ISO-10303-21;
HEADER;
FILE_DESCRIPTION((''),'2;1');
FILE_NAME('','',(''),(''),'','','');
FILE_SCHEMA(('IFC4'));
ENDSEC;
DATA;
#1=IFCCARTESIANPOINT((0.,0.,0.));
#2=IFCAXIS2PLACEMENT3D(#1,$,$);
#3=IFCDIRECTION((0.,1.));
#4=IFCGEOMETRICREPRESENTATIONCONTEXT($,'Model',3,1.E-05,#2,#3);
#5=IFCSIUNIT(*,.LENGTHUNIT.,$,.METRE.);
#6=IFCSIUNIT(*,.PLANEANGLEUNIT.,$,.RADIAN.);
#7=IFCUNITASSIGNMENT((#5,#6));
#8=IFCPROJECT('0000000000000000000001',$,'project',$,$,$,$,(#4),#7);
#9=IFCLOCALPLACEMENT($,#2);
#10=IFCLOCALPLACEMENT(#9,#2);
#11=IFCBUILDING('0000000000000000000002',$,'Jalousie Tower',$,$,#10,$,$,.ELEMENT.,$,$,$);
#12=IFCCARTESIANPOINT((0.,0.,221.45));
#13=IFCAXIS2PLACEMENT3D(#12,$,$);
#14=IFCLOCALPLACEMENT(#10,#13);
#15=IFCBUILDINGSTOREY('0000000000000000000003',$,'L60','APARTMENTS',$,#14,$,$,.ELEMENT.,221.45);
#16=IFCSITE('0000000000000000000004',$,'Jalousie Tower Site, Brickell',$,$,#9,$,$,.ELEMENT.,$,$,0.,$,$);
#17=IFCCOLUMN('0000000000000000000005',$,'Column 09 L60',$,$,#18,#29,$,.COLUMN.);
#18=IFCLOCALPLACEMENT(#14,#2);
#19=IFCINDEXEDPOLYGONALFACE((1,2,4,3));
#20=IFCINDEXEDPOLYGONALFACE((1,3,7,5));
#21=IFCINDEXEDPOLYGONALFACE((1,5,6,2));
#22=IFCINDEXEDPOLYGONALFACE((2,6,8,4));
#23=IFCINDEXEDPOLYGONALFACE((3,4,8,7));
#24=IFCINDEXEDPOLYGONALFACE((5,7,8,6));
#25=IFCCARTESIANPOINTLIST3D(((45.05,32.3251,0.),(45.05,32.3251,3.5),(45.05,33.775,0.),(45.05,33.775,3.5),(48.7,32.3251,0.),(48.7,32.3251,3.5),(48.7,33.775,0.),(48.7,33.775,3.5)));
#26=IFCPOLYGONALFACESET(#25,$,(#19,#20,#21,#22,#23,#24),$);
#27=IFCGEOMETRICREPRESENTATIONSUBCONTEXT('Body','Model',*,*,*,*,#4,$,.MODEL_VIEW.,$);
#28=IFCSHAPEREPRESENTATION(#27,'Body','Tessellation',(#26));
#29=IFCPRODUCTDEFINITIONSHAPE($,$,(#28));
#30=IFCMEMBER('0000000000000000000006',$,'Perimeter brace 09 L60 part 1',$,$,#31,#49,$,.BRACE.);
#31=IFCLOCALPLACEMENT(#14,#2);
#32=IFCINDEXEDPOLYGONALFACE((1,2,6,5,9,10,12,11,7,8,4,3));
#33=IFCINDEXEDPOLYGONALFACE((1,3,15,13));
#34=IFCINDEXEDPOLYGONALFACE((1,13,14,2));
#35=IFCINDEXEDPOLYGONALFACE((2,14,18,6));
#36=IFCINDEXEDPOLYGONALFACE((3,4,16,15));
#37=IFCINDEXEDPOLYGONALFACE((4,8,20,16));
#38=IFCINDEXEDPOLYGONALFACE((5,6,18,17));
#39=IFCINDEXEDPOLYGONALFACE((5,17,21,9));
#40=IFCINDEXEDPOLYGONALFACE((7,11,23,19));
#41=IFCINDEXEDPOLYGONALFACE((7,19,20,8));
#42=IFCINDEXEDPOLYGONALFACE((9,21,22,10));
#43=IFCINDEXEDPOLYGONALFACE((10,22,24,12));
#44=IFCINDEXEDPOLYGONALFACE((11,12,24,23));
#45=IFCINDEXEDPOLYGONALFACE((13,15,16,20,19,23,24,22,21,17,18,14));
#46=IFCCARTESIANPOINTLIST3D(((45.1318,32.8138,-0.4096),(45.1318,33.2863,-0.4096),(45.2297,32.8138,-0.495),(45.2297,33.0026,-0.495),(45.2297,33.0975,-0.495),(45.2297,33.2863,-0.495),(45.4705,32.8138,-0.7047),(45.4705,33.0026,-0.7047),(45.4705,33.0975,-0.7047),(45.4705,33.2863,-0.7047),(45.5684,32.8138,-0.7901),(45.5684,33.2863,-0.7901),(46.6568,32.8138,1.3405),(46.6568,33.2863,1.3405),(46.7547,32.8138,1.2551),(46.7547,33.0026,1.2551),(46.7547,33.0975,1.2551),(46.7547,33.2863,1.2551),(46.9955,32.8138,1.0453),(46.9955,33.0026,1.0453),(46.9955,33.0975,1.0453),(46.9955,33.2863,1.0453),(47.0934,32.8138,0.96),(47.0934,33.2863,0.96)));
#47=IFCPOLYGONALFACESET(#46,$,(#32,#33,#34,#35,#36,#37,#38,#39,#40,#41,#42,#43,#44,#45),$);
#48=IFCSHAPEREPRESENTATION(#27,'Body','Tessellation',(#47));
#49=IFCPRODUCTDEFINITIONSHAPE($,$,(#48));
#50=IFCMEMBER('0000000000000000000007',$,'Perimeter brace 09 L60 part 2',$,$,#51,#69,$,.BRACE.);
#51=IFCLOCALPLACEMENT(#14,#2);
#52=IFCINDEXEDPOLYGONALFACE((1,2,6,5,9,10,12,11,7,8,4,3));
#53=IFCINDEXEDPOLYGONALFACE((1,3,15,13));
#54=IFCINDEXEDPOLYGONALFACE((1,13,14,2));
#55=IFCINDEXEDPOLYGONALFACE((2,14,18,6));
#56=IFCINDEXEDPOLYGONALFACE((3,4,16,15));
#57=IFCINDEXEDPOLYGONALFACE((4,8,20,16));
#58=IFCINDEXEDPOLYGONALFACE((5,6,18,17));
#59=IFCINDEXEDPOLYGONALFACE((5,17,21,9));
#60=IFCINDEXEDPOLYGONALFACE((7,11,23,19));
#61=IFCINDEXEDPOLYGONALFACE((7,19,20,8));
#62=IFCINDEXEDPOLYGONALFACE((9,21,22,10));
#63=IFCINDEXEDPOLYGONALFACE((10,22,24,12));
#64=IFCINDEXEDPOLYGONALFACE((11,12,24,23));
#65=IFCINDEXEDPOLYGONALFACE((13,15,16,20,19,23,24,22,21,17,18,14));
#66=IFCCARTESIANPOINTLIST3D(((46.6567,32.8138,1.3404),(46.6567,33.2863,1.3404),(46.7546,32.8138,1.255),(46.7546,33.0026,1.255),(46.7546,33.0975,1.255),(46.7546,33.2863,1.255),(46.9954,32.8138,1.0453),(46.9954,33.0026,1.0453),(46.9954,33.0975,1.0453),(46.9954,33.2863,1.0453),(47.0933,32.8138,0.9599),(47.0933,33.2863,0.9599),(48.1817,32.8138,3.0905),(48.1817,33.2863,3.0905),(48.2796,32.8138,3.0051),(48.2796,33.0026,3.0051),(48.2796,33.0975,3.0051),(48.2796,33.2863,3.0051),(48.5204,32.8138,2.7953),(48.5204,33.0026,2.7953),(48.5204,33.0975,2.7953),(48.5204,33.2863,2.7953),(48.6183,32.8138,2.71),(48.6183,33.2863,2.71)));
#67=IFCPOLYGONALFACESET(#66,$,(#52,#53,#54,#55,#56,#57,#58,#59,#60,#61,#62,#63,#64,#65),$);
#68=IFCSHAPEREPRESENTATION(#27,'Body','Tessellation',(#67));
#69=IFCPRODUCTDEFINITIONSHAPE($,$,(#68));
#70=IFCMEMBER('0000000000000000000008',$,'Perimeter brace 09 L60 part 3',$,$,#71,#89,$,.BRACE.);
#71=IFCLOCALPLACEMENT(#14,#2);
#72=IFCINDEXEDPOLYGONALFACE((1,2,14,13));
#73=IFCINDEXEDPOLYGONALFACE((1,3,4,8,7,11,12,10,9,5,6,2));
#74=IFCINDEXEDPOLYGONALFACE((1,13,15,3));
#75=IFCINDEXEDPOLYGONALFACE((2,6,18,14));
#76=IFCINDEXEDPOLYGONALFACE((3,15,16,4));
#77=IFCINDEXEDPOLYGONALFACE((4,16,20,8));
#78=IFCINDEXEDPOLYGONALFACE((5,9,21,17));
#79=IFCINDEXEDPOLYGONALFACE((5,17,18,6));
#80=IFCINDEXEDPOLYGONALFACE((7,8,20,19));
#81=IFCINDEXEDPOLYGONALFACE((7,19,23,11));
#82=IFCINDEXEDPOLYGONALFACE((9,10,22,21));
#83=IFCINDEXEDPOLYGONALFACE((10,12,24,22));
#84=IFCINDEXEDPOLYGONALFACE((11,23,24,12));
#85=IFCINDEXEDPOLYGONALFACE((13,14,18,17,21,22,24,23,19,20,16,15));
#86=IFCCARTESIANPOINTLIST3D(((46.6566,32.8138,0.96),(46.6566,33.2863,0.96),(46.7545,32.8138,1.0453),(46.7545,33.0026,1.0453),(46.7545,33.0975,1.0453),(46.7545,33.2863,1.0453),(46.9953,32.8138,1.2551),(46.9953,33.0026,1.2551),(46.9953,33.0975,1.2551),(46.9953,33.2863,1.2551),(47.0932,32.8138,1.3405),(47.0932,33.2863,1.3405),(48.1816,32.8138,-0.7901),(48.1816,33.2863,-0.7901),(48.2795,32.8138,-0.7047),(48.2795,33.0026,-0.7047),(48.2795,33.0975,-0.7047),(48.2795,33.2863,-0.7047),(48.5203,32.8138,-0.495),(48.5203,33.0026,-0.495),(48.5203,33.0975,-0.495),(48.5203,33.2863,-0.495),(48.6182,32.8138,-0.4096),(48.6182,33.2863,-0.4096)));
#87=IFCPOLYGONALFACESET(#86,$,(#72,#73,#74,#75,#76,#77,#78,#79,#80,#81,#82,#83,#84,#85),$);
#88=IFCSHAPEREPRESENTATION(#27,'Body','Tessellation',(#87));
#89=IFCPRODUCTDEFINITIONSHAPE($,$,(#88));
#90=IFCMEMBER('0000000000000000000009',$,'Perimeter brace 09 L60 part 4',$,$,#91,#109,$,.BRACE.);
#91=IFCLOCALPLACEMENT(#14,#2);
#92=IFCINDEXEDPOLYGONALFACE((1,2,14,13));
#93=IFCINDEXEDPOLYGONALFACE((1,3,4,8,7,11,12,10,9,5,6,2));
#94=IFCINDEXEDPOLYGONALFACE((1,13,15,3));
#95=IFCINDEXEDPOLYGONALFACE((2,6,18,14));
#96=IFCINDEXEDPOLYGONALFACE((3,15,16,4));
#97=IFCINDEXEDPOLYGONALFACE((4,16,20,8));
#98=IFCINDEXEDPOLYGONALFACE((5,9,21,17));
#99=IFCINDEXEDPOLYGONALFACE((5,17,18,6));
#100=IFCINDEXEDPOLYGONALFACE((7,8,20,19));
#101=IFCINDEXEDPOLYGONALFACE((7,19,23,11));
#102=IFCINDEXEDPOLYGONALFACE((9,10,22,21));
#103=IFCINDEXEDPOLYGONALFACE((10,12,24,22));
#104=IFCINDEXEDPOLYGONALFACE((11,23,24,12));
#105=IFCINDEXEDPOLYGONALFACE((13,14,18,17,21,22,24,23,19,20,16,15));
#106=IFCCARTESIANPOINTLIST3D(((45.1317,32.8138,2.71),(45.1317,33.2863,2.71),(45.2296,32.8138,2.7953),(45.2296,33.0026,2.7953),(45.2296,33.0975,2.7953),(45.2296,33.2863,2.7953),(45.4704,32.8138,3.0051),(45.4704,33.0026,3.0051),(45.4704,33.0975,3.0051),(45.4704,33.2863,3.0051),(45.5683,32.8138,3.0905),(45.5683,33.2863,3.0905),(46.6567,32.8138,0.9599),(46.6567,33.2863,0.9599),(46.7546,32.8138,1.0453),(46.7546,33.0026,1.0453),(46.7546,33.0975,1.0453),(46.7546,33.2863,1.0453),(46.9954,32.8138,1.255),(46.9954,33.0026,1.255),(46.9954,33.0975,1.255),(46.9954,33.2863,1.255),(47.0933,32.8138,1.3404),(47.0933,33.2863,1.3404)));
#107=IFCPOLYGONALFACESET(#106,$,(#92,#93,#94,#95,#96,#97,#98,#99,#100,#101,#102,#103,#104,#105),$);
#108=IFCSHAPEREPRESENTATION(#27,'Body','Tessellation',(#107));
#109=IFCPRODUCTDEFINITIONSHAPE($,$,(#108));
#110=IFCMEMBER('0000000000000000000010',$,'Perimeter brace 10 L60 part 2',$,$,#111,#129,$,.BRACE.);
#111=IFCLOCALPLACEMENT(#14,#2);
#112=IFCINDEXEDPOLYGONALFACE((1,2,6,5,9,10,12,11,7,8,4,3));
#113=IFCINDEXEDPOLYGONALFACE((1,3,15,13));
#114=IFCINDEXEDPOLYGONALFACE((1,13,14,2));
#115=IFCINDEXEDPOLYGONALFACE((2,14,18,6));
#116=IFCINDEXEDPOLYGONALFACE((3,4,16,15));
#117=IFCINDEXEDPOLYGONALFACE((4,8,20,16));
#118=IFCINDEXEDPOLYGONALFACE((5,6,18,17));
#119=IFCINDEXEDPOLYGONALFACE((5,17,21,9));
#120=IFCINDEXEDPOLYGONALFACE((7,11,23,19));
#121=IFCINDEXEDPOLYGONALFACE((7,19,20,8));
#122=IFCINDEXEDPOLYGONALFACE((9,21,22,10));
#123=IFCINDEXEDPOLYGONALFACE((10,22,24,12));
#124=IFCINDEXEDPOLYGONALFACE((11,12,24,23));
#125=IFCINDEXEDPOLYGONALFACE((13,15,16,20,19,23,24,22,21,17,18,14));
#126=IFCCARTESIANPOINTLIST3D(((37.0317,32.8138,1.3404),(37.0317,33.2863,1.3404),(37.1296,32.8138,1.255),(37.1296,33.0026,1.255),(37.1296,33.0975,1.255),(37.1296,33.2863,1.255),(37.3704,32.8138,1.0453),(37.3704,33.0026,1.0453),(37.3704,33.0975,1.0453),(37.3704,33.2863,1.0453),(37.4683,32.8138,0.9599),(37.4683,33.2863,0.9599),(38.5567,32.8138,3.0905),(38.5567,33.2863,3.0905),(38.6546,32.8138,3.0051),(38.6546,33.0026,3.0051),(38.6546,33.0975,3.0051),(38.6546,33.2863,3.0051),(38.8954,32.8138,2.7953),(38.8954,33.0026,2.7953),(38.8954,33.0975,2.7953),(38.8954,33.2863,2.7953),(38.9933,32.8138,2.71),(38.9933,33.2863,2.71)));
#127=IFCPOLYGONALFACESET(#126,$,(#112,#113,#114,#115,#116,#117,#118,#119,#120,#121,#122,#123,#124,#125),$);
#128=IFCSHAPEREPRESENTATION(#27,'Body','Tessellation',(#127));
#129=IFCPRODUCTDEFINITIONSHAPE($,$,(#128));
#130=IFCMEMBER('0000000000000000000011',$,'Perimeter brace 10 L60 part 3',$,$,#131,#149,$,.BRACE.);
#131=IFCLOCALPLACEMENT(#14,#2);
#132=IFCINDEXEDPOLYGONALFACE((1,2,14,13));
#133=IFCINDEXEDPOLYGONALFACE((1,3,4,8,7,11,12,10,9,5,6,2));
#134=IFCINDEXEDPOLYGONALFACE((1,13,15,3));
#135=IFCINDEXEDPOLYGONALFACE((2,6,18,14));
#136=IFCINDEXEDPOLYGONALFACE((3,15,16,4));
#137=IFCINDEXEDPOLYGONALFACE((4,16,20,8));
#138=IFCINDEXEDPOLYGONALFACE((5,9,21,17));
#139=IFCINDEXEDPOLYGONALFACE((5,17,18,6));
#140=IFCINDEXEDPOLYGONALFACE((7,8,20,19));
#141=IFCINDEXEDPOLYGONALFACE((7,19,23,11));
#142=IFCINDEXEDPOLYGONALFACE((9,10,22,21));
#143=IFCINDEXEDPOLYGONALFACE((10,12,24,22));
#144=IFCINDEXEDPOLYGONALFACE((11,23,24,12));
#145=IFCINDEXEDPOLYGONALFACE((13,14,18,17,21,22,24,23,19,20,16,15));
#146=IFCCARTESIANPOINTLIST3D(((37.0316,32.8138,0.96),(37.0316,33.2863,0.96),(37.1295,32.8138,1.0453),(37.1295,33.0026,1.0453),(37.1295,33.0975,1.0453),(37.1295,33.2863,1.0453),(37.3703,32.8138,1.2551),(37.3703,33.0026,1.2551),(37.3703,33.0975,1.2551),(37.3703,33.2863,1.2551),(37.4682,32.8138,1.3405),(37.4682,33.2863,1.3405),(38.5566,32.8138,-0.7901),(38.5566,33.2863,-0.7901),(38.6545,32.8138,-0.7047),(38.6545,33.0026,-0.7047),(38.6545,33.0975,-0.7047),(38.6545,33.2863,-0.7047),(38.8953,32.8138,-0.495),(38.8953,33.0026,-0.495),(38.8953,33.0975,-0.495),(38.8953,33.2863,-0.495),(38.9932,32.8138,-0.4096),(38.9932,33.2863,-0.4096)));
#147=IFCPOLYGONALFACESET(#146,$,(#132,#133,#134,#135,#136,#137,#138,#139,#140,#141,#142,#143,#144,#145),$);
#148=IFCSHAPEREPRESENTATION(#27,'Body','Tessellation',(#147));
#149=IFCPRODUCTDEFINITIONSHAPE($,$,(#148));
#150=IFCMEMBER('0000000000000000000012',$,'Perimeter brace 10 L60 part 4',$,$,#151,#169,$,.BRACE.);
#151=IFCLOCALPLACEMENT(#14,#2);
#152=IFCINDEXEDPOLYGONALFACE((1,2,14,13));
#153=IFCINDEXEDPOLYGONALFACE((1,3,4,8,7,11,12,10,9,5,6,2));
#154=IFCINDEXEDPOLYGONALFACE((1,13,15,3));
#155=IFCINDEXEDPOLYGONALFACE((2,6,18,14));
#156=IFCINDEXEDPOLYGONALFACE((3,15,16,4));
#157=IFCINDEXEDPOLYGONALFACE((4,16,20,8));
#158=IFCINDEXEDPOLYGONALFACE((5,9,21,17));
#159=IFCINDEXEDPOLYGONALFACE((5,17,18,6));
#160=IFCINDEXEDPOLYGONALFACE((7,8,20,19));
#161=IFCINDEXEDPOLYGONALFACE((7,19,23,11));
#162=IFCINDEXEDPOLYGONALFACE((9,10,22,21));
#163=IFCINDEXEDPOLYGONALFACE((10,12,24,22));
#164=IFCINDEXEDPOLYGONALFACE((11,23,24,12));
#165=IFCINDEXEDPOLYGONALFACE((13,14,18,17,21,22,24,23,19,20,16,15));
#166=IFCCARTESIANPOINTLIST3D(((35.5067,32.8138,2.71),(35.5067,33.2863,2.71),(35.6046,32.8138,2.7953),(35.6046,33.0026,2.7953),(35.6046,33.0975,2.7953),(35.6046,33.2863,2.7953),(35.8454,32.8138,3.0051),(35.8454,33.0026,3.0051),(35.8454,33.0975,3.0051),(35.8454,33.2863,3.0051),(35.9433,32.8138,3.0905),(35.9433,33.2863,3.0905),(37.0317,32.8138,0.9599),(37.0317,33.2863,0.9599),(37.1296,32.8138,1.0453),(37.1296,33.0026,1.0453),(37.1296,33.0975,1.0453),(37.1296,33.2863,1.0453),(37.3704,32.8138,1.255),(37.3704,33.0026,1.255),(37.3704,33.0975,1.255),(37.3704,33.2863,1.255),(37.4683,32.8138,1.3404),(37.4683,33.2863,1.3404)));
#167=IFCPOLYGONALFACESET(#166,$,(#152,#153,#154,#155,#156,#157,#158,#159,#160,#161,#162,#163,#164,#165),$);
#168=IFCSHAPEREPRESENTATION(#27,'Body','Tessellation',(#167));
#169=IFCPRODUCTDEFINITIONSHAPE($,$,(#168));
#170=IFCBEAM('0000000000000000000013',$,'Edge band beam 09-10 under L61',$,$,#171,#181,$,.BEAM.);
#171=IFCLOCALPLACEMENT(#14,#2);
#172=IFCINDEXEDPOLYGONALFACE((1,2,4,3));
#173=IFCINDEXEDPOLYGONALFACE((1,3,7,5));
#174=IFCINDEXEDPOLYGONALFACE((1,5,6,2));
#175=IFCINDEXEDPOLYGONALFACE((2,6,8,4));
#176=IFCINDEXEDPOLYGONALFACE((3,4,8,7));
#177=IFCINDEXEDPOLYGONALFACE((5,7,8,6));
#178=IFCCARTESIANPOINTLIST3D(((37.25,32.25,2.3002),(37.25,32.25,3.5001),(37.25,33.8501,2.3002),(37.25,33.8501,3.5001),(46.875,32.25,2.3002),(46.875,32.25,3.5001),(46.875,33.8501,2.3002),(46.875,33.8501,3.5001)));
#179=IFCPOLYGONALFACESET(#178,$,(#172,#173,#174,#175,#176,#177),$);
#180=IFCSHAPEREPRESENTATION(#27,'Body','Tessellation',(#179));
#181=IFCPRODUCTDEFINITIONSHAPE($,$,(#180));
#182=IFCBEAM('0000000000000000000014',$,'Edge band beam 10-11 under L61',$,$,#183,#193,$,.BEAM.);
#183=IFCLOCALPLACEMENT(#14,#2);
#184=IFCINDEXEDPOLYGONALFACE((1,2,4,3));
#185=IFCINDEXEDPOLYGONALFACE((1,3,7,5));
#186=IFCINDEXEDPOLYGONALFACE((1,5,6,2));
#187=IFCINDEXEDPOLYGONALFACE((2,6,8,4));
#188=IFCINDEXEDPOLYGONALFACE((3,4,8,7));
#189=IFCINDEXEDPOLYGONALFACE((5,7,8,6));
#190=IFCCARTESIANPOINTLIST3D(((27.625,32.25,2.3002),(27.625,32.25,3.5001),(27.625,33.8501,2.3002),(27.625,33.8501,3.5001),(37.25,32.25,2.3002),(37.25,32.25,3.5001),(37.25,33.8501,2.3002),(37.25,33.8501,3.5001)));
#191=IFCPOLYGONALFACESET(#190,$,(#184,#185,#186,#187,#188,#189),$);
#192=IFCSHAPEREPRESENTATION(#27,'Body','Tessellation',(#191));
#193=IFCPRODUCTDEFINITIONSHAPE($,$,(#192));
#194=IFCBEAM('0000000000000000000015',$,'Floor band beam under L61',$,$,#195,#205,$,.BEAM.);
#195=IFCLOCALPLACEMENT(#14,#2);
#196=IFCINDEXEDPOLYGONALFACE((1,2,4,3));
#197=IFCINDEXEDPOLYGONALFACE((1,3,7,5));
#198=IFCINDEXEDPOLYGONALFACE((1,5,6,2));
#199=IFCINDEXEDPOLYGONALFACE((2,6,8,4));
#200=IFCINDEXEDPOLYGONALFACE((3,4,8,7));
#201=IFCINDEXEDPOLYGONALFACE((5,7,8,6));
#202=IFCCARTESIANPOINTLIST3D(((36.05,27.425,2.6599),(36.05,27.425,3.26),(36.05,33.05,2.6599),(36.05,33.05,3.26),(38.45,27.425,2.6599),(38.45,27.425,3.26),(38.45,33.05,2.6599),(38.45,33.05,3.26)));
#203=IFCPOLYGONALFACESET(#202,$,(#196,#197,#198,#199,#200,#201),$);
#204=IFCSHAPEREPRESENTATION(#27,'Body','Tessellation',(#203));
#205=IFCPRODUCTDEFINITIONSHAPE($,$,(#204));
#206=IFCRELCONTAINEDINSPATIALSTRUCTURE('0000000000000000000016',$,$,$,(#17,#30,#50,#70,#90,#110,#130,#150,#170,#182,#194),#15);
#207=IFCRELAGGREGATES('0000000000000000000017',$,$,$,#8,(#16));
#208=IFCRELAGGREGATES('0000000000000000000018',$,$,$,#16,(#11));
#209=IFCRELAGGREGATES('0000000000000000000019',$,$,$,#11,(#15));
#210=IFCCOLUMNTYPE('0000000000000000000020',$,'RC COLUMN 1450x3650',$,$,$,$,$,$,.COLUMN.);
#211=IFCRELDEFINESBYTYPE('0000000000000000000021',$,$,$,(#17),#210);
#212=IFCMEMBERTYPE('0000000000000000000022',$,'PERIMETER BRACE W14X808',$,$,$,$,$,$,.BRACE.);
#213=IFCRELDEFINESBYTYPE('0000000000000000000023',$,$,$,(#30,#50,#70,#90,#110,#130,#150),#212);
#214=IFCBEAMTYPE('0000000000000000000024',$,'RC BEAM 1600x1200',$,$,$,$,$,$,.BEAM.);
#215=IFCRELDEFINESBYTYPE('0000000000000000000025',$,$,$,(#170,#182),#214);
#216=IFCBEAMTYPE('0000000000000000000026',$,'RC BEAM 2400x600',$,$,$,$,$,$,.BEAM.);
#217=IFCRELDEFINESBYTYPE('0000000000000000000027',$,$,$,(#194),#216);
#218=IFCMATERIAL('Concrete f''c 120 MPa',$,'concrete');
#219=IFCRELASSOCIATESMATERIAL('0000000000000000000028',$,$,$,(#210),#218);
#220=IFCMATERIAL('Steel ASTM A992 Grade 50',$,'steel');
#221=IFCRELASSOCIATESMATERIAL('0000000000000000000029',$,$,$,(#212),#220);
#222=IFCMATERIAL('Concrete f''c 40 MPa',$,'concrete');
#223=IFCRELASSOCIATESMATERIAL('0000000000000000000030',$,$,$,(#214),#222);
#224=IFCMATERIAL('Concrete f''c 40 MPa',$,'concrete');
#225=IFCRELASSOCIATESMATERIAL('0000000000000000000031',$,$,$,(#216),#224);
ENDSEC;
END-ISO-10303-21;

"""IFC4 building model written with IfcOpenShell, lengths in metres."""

from ifc_helpers import new_model, si_unit, direction, frame, origin, origin_2d, place, context, subcontext, project, spatial, rectangle, i_section, extrude, material, material_profile, profile_set, type_object, element, save


model = new_model("IFC4")

# Units and contexts
model_context = context("Model", 3, precision=1e-05, world=origin(), true_north=direction((0.0, 1.0)))
body_context = subcontext(model_context, "Body", "Model", "MODEL_VIEW")
ifc_project = project(units=[si_unit("LENGTHUNIT", "METRE"), si_unit("PLANEANGLEUNIT", "RADIAN")], contexts=[model_context])

# Site, building, storey
site_placement = place(None, origin())
site = spatial("IfcSite", under=ifc_project, at=site_placement, Name="Jalousie Tower Site, Brickell", CompositionType="ELEMENT", RefElevation=0.0)
building_placement = place(site_placement, origin())
building = spatial("IfcBuilding", under=site, at=building_placement, Name="Jalousie Tower", CompositionType="ELEMENT")
storey_placement = place(building_placement, frame((0.0, 0.0, 221.45)))
storey = spatial("IfcBuildingStorey", under=building, at=storey_placement, Name="L60", Description="APARTMENTS", CompositionType="ELEMENT", Elevation=221.45)

# Column
ifc_material_1 = material(Name="Concrete f'c 120 MPa", Category="concrete")
ifc_material_profile_1 = material_profile(ifc_material_1, rectangle(XDim=1.45, YDim=3.6499, at=origin_2d()), Name="RC 1450x3650")
ifc_profile_set_1 = profile_set([ifc_material_profile_1], Name="Concrete f'c 120 MPa")
column_type = type_object("IfcColumnType", Name="RC COLUMN 1450x3650", PredefinedType="COLUMN", material=ifc_profile_set_1)
column_placement = place(storey_placement, frame((46.875, 33.05, 0.0), z_axis=(0.0, 0.0, 1.0), x_axis=(0.0, 1.0, 0.0)))
element("IfcColumn", 1, at=column_placement, inside=storey, type_object=column_type, Name="Column 09 L60", PredefinedType="COLUMN", context=body_context, shape_type="SweptSolid", body=[
    extrude(rectangle(XDim=1.45, YDim=3.6499, at=origin_2d()), origin(), (0.0, 0.0, 1.0), 3.5),
])

# Members
ifc_material_2 = material(Name="Steel ASTM A992 Grade 50", Category="steel")
ifc_material_profile_2 = material_profile(ifc_material_2, i_section(OverallWidth=0.4724, OverallDepth=0.5791, WebThickness=0.095, FlangeThickness=0.1299, at=origin_2d()), Name="W14X808")
ifc_profile_set_2 = profile_set([ifc_material_profile_2], Name="Steel ASTM A992 Grade 50")
member_type_1 = type_object("IfcMemberType", Name="PERIMETER BRACE W14X808", PredefinedType="BRACE", material=ifc_profile_set_2)
for number, where, z_axis, x_axis, name in (
    (2, (45.3501, 33.05, -0.5999), (0.656954, 0.0, 0.75393), (0.0, 1.0, 0.0), "Perimeter brace 09 L60 part 1"),
    (3, (46.875, 33.05, 1.1501), (0.656954, 0.0, 0.75393), (0.0, 1.0, 0.0), "Perimeter brace 09 L60 part 2"),
    (4, (48.3999, 33.05, -0.5999), (-0.656954, 0.0, 0.75393), (0.0, -1.0, 0.0), "Perimeter brace 09 L60 part 3"),
    (5, (46.875, 33.05, 1.1501), (-0.656954, 0.0, 0.75393), (0.0, -1.0, 0.0), "Perimeter brace 09 L60 part 4"),
    (6, (37.25, 33.05, 1.1501), (0.656954, 0.0, 0.75393), (0.0, 1.0, 0.0), "Perimeter brace 10 L60 part 2"),
    (7, (38.7749, 33.05, -0.5999), (-0.656954, 0.0, 0.75393), (0.0, -1.0, 0.0), "Perimeter brace 10 L60 part 3"),
    (8, (37.25, 33.05, 1.1501), (-0.656954, 0.0, 0.75393), (0.0, -1.0, 0.0), "Perimeter brace 10 L60 part 4"),
):
    element("IfcMember", number, at=place(storey_placement, frame(where, z_axis=z_axis, x_axis=x_axis)), inside=storey, type_object=member_type_1, Name=name, PredefinedType="BRACE", context=body_context, shape_type="SweptSolid", body=[
        extrude(i_section(OverallWidth=0.4724, OverallDepth=0.5791, WebThickness=0.095, FlangeThickness=0.1299, at=origin_2d()), origin(), (0.0, 0.0, 1.0), 2.3213),
    ])

# Beams
ifc_material_3 = material(Name="Concrete f'c 40 MPa", Category="concrete")
ifc_material_profile_3 = material_profile(ifc_material_3, rectangle(XDim=1.6001, YDim=1.2, at=origin_2d()), Name="RC 1600x1200")
ifc_profile_set_3 = profile_set([ifc_material_profile_3], Name="Concrete f'c 40 MPa")
beam_type_1 = type_object("IfcBeamType", Name="RC BEAM 1600x1200", PredefinedType="BEAM", material=ifc_profile_set_3)
for number, where, z_axis, x_axis, name in (
    (9, (46.875, 33.05, 2.9001), (-1.0, 0.0, 0.0), (0.0, -1.0, 0.0), "Edge band beam 09-10 under L61"),
    (10, (37.25, 33.05, 2.9001), (-1.0, 0.0, 0.0), (0.0, -1.0, 0.0), "Edge band beam 10-11 under L61"),
):
    element("IfcBeam", number, at=place(storey_placement, frame(where, z_axis=z_axis, x_axis=x_axis)), inside=storey, type_object=beam_type_1, Name=name, PredefinedType="BEAM", context=body_context, shape_type="SweptSolid", body=[
        extrude(rectangle(XDim=1.6001, YDim=1.2, at=origin_2d()), origin(), (0.0, 0.0, 1.0), 9.625),
    ])
ifc_material_4 = material(Name="Concrete f'c 40 MPa", Category="concrete")
ifc_material_profile_4 = material_profile(ifc_material_4, rectangle(XDim=2.3999, YDim=0.6001, at=origin_2d()), Name="RC 2400x600")
ifc_profile_set_4 = profile_set([ifc_material_profile_4], Name="Concrete f'c 40 MPa")
beam_type_2 = type_object("IfcBeamType", Name="RC BEAM 2400x600", PredefinedType="BEAM", material=ifc_profile_set_4)
beam_1_placement = place(storey_placement, frame((37.25, 33.05, 2.96), z_axis=(0.0, -1.0, 0.0), x_axis=(1.0, 0.0, 0.0)))
element("IfcBeam", 11, at=beam_1_placement, inside=storey, type_object=beam_type_2, Name="Floor band beam under L61", PredefinedType="BEAM", context=body_context, shape_type="SweptSolid", body=[
    extrude(rectangle(XDim=2.3999, YDim=0.6001, at=origin_2d()), origin(), (0.0, 0.0, 1.0), 5.625),
])

save(model, "model.ifc")
